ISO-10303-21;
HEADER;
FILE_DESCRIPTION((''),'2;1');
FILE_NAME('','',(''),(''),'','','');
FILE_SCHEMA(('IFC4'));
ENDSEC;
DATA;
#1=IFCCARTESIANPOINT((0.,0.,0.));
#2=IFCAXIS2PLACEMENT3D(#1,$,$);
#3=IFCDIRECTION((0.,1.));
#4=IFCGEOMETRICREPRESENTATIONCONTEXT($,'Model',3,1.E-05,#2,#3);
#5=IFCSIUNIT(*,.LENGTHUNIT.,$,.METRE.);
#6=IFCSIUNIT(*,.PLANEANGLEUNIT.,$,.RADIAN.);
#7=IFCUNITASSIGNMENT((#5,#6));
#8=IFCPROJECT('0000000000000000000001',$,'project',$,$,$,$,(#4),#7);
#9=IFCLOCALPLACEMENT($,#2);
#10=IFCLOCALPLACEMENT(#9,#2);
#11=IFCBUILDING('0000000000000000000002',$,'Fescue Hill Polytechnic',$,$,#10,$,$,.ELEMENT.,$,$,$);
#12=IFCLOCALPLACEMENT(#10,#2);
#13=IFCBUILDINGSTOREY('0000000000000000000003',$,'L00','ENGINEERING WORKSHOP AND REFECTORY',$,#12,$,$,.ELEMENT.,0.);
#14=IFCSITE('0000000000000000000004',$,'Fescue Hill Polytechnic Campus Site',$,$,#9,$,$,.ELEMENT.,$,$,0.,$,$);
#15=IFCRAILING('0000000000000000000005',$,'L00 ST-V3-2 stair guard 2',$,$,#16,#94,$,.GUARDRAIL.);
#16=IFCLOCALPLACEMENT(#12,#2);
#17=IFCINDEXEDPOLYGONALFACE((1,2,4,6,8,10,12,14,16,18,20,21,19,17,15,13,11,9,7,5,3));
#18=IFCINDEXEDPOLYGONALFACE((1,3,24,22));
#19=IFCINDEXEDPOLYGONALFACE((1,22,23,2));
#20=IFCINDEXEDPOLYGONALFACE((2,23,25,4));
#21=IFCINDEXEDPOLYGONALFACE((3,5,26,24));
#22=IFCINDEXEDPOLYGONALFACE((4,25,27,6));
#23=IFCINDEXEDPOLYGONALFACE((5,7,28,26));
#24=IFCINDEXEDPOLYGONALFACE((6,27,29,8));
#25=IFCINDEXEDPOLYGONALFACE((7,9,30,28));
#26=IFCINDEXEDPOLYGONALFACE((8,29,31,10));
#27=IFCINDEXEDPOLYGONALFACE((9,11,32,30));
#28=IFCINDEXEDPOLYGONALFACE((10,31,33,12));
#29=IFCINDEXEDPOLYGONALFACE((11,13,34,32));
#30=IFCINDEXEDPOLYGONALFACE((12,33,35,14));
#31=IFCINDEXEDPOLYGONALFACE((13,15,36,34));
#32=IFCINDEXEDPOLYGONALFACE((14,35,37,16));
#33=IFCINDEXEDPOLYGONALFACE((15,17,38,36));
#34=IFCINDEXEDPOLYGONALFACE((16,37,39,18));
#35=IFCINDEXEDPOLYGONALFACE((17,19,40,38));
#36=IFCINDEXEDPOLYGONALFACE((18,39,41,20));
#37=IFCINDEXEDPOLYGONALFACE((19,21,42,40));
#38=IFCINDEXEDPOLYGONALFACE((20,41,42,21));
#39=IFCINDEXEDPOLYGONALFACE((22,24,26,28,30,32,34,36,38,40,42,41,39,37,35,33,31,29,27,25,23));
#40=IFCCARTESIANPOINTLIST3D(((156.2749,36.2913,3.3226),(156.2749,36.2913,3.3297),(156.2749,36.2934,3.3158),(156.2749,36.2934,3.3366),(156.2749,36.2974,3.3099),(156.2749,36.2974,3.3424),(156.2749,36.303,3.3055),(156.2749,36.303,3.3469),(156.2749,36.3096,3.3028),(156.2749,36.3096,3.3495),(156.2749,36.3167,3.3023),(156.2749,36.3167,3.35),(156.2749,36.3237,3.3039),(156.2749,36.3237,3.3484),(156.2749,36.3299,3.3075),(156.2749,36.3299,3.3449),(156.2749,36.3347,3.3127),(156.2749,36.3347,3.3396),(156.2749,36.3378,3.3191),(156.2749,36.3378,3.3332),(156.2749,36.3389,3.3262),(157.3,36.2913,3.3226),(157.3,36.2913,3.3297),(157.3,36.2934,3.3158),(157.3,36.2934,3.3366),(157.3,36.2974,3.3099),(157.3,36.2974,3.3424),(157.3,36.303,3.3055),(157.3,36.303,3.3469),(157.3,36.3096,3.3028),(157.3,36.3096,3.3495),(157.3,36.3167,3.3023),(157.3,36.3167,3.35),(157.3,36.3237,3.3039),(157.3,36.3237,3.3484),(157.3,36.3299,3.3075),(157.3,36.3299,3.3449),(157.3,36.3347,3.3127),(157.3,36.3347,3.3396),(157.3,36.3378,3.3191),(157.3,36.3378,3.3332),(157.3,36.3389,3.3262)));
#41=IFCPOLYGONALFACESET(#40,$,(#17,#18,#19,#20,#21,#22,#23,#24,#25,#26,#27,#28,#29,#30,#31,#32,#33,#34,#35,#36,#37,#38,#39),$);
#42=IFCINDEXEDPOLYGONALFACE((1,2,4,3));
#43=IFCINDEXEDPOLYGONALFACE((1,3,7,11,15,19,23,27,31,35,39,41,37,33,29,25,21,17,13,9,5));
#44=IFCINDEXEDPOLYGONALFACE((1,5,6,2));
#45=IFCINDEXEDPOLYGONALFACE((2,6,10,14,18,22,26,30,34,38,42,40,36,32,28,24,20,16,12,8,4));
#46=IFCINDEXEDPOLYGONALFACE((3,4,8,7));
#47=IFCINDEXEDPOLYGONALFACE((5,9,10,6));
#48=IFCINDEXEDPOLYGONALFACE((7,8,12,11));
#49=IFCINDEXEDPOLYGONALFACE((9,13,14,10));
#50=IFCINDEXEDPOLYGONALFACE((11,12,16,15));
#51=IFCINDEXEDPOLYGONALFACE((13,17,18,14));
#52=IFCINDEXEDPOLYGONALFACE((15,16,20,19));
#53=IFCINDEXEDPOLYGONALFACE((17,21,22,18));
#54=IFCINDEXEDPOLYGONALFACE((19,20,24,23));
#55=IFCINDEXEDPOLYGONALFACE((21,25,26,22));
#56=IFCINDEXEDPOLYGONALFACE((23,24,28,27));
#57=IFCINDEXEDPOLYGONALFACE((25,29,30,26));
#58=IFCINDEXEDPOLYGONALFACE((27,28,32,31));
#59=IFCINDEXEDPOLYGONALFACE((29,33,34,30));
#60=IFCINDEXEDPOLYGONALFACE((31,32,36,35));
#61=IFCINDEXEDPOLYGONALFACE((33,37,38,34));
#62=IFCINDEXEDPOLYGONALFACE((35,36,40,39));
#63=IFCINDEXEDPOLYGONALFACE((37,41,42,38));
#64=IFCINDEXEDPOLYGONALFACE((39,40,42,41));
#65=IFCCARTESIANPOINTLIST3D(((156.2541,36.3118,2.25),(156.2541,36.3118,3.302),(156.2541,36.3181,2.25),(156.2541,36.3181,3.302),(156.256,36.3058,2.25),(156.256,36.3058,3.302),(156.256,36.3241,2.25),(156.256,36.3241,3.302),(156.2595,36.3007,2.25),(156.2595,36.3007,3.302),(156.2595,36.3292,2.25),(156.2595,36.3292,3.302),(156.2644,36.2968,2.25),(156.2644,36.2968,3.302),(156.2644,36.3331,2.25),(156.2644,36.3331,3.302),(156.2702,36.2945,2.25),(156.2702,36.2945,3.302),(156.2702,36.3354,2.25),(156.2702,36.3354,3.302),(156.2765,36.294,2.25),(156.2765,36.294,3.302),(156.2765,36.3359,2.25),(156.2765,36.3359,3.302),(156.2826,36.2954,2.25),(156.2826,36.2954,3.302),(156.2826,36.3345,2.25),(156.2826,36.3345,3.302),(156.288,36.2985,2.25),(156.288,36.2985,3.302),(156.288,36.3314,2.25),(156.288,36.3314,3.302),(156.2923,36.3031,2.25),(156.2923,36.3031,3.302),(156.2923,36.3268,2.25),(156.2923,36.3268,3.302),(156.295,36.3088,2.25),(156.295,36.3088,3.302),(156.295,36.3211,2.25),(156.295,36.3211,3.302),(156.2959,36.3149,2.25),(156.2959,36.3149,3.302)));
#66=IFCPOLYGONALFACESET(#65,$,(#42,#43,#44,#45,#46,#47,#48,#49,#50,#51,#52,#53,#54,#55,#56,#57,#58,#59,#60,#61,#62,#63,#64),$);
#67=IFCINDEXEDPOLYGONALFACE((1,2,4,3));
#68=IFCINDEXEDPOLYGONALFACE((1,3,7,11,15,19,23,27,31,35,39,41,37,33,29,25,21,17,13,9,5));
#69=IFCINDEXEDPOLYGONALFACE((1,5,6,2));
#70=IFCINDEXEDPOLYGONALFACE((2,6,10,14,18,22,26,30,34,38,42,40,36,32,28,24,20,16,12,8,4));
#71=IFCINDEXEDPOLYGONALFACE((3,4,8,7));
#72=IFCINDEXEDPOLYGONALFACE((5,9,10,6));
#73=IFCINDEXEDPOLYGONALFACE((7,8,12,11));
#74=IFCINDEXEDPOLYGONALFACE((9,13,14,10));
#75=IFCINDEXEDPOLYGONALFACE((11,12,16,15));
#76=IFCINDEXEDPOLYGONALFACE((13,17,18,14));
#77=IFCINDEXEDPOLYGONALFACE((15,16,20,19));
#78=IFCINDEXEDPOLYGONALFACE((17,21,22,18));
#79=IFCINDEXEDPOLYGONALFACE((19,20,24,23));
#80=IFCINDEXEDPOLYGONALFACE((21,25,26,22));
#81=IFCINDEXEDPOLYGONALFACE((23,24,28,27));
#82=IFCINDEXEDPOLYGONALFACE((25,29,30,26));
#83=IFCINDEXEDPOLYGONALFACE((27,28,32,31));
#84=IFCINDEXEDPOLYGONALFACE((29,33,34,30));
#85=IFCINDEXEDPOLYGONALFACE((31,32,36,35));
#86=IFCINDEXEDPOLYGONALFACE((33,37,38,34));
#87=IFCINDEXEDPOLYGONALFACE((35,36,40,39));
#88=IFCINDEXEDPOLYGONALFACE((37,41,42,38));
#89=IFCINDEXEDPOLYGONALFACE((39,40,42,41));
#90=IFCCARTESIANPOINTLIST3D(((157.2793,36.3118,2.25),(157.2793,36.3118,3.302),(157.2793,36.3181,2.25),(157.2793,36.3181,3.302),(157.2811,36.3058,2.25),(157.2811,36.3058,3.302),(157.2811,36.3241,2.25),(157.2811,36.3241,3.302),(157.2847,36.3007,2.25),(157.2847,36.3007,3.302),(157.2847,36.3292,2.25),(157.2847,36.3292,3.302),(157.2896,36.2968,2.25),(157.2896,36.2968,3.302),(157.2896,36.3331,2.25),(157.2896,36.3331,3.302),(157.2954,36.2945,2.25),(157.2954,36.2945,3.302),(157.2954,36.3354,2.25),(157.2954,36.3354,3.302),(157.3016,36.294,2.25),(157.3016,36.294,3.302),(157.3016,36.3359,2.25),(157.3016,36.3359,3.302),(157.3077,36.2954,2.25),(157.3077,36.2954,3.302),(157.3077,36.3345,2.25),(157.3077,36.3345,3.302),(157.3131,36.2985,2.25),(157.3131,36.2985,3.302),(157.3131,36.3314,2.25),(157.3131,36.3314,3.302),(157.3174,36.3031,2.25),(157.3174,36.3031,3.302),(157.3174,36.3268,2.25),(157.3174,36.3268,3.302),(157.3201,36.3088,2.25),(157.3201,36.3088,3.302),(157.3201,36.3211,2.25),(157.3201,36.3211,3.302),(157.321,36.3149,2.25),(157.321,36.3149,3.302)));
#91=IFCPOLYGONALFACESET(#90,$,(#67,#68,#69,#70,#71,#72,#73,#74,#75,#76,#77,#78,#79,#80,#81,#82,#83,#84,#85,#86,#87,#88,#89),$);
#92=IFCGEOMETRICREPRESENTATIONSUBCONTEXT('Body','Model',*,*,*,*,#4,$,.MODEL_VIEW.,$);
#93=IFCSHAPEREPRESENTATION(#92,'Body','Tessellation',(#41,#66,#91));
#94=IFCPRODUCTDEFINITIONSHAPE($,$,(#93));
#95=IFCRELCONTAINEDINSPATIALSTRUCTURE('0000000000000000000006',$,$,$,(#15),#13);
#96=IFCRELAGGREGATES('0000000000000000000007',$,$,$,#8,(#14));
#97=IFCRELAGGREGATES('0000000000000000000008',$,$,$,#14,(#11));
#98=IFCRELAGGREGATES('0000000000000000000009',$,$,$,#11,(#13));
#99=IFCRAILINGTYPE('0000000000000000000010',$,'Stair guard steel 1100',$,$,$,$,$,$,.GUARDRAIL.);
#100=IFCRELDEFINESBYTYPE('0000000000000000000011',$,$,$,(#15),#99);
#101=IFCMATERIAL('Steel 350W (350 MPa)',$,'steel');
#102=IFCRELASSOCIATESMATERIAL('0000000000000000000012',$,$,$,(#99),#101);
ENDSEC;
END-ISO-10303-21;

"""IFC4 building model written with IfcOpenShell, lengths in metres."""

from ifc_helpers import new_model, si_unit, direction, frame, origin, origin_2d, place, context, subcontext, project, spatial, circle, extrude, material, type_object, element, save


model = new_model("IFC4")

# Units and contexts
model_context = context("Model", 3, precision=1e-05, world=origin(), true_north=direction((0.0, 1.0)))
body_context = subcontext(model_context, "Body", "Model", "MODEL_VIEW")
ifc_project = project(units=[si_unit("LENGTHUNIT", "METRE"), si_unit("PLANEANGLEUNIT", "RADIAN")], contexts=[model_context])

# Site, building, storey
site_placement = place(None, origin())
site = spatial("IfcSite", under=ifc_project, at=site_placement, Name="Fescue Hill Polytechnic Campus Site", CompositionType="ELEMENT", RefElevation=0.0)
building_placement = place(site_placement, origin())
building = spatial("IfcBuilding", under=site, at=building_placement, Name="Fescue Hill Polytechnic", CompositionType="ELEMENT")
storey_placement = place(building_placement, origin())
storey = spatial("IfcBuildingStorey", under=building, at=storey_placement, Name="L00", Description="ENGINEERING WORKSHOP AND REFECTORY", CompositionType="ELEMENT", Elevation=0.0)

# Railing
ifc_material_1 = material(Name="Steel 350W (350 MPa)", Category="steel")
railing_type_1 = type_object("IfcRailingType", Name="Stair guard steel 1100", PredefinedType="GUARDRAIL", material=ifc_material_1)
railing_1_placement = place(storey_placement, frame((156.2749, 36.3149, 2.25)))
element("IfcRailing", 1, at=railing_1_placement, inside=storey, type_object=railing_type_1, Name="L00 ST-V3-2 stair guard 2", PredefinedType="GUARDRAIL", context=body_context, shape_type="SweptSolid", body=[
    extrude(circle(Radius=0.0239, at=origin_2d()), frame((0.0, 0.0, 1.0762), z_axis=(1.0, 0.0, 0.0), x_axis=(0.0, 1.0, 0.0)), (0.0, 0.0, 1.0), 1.0251),
    extrude(circle(Radius=0.021, at=origin_2d()), origin(), (0.0, 0.0, 1.0), 1.052),
    extrude(circle(Radius=0.021, at=origin_2d()), frame((1.0251, 0.0, 0.0)), (0.0, 0.0, 1.0), 1.052),
])

save(model, "model.ifc")
